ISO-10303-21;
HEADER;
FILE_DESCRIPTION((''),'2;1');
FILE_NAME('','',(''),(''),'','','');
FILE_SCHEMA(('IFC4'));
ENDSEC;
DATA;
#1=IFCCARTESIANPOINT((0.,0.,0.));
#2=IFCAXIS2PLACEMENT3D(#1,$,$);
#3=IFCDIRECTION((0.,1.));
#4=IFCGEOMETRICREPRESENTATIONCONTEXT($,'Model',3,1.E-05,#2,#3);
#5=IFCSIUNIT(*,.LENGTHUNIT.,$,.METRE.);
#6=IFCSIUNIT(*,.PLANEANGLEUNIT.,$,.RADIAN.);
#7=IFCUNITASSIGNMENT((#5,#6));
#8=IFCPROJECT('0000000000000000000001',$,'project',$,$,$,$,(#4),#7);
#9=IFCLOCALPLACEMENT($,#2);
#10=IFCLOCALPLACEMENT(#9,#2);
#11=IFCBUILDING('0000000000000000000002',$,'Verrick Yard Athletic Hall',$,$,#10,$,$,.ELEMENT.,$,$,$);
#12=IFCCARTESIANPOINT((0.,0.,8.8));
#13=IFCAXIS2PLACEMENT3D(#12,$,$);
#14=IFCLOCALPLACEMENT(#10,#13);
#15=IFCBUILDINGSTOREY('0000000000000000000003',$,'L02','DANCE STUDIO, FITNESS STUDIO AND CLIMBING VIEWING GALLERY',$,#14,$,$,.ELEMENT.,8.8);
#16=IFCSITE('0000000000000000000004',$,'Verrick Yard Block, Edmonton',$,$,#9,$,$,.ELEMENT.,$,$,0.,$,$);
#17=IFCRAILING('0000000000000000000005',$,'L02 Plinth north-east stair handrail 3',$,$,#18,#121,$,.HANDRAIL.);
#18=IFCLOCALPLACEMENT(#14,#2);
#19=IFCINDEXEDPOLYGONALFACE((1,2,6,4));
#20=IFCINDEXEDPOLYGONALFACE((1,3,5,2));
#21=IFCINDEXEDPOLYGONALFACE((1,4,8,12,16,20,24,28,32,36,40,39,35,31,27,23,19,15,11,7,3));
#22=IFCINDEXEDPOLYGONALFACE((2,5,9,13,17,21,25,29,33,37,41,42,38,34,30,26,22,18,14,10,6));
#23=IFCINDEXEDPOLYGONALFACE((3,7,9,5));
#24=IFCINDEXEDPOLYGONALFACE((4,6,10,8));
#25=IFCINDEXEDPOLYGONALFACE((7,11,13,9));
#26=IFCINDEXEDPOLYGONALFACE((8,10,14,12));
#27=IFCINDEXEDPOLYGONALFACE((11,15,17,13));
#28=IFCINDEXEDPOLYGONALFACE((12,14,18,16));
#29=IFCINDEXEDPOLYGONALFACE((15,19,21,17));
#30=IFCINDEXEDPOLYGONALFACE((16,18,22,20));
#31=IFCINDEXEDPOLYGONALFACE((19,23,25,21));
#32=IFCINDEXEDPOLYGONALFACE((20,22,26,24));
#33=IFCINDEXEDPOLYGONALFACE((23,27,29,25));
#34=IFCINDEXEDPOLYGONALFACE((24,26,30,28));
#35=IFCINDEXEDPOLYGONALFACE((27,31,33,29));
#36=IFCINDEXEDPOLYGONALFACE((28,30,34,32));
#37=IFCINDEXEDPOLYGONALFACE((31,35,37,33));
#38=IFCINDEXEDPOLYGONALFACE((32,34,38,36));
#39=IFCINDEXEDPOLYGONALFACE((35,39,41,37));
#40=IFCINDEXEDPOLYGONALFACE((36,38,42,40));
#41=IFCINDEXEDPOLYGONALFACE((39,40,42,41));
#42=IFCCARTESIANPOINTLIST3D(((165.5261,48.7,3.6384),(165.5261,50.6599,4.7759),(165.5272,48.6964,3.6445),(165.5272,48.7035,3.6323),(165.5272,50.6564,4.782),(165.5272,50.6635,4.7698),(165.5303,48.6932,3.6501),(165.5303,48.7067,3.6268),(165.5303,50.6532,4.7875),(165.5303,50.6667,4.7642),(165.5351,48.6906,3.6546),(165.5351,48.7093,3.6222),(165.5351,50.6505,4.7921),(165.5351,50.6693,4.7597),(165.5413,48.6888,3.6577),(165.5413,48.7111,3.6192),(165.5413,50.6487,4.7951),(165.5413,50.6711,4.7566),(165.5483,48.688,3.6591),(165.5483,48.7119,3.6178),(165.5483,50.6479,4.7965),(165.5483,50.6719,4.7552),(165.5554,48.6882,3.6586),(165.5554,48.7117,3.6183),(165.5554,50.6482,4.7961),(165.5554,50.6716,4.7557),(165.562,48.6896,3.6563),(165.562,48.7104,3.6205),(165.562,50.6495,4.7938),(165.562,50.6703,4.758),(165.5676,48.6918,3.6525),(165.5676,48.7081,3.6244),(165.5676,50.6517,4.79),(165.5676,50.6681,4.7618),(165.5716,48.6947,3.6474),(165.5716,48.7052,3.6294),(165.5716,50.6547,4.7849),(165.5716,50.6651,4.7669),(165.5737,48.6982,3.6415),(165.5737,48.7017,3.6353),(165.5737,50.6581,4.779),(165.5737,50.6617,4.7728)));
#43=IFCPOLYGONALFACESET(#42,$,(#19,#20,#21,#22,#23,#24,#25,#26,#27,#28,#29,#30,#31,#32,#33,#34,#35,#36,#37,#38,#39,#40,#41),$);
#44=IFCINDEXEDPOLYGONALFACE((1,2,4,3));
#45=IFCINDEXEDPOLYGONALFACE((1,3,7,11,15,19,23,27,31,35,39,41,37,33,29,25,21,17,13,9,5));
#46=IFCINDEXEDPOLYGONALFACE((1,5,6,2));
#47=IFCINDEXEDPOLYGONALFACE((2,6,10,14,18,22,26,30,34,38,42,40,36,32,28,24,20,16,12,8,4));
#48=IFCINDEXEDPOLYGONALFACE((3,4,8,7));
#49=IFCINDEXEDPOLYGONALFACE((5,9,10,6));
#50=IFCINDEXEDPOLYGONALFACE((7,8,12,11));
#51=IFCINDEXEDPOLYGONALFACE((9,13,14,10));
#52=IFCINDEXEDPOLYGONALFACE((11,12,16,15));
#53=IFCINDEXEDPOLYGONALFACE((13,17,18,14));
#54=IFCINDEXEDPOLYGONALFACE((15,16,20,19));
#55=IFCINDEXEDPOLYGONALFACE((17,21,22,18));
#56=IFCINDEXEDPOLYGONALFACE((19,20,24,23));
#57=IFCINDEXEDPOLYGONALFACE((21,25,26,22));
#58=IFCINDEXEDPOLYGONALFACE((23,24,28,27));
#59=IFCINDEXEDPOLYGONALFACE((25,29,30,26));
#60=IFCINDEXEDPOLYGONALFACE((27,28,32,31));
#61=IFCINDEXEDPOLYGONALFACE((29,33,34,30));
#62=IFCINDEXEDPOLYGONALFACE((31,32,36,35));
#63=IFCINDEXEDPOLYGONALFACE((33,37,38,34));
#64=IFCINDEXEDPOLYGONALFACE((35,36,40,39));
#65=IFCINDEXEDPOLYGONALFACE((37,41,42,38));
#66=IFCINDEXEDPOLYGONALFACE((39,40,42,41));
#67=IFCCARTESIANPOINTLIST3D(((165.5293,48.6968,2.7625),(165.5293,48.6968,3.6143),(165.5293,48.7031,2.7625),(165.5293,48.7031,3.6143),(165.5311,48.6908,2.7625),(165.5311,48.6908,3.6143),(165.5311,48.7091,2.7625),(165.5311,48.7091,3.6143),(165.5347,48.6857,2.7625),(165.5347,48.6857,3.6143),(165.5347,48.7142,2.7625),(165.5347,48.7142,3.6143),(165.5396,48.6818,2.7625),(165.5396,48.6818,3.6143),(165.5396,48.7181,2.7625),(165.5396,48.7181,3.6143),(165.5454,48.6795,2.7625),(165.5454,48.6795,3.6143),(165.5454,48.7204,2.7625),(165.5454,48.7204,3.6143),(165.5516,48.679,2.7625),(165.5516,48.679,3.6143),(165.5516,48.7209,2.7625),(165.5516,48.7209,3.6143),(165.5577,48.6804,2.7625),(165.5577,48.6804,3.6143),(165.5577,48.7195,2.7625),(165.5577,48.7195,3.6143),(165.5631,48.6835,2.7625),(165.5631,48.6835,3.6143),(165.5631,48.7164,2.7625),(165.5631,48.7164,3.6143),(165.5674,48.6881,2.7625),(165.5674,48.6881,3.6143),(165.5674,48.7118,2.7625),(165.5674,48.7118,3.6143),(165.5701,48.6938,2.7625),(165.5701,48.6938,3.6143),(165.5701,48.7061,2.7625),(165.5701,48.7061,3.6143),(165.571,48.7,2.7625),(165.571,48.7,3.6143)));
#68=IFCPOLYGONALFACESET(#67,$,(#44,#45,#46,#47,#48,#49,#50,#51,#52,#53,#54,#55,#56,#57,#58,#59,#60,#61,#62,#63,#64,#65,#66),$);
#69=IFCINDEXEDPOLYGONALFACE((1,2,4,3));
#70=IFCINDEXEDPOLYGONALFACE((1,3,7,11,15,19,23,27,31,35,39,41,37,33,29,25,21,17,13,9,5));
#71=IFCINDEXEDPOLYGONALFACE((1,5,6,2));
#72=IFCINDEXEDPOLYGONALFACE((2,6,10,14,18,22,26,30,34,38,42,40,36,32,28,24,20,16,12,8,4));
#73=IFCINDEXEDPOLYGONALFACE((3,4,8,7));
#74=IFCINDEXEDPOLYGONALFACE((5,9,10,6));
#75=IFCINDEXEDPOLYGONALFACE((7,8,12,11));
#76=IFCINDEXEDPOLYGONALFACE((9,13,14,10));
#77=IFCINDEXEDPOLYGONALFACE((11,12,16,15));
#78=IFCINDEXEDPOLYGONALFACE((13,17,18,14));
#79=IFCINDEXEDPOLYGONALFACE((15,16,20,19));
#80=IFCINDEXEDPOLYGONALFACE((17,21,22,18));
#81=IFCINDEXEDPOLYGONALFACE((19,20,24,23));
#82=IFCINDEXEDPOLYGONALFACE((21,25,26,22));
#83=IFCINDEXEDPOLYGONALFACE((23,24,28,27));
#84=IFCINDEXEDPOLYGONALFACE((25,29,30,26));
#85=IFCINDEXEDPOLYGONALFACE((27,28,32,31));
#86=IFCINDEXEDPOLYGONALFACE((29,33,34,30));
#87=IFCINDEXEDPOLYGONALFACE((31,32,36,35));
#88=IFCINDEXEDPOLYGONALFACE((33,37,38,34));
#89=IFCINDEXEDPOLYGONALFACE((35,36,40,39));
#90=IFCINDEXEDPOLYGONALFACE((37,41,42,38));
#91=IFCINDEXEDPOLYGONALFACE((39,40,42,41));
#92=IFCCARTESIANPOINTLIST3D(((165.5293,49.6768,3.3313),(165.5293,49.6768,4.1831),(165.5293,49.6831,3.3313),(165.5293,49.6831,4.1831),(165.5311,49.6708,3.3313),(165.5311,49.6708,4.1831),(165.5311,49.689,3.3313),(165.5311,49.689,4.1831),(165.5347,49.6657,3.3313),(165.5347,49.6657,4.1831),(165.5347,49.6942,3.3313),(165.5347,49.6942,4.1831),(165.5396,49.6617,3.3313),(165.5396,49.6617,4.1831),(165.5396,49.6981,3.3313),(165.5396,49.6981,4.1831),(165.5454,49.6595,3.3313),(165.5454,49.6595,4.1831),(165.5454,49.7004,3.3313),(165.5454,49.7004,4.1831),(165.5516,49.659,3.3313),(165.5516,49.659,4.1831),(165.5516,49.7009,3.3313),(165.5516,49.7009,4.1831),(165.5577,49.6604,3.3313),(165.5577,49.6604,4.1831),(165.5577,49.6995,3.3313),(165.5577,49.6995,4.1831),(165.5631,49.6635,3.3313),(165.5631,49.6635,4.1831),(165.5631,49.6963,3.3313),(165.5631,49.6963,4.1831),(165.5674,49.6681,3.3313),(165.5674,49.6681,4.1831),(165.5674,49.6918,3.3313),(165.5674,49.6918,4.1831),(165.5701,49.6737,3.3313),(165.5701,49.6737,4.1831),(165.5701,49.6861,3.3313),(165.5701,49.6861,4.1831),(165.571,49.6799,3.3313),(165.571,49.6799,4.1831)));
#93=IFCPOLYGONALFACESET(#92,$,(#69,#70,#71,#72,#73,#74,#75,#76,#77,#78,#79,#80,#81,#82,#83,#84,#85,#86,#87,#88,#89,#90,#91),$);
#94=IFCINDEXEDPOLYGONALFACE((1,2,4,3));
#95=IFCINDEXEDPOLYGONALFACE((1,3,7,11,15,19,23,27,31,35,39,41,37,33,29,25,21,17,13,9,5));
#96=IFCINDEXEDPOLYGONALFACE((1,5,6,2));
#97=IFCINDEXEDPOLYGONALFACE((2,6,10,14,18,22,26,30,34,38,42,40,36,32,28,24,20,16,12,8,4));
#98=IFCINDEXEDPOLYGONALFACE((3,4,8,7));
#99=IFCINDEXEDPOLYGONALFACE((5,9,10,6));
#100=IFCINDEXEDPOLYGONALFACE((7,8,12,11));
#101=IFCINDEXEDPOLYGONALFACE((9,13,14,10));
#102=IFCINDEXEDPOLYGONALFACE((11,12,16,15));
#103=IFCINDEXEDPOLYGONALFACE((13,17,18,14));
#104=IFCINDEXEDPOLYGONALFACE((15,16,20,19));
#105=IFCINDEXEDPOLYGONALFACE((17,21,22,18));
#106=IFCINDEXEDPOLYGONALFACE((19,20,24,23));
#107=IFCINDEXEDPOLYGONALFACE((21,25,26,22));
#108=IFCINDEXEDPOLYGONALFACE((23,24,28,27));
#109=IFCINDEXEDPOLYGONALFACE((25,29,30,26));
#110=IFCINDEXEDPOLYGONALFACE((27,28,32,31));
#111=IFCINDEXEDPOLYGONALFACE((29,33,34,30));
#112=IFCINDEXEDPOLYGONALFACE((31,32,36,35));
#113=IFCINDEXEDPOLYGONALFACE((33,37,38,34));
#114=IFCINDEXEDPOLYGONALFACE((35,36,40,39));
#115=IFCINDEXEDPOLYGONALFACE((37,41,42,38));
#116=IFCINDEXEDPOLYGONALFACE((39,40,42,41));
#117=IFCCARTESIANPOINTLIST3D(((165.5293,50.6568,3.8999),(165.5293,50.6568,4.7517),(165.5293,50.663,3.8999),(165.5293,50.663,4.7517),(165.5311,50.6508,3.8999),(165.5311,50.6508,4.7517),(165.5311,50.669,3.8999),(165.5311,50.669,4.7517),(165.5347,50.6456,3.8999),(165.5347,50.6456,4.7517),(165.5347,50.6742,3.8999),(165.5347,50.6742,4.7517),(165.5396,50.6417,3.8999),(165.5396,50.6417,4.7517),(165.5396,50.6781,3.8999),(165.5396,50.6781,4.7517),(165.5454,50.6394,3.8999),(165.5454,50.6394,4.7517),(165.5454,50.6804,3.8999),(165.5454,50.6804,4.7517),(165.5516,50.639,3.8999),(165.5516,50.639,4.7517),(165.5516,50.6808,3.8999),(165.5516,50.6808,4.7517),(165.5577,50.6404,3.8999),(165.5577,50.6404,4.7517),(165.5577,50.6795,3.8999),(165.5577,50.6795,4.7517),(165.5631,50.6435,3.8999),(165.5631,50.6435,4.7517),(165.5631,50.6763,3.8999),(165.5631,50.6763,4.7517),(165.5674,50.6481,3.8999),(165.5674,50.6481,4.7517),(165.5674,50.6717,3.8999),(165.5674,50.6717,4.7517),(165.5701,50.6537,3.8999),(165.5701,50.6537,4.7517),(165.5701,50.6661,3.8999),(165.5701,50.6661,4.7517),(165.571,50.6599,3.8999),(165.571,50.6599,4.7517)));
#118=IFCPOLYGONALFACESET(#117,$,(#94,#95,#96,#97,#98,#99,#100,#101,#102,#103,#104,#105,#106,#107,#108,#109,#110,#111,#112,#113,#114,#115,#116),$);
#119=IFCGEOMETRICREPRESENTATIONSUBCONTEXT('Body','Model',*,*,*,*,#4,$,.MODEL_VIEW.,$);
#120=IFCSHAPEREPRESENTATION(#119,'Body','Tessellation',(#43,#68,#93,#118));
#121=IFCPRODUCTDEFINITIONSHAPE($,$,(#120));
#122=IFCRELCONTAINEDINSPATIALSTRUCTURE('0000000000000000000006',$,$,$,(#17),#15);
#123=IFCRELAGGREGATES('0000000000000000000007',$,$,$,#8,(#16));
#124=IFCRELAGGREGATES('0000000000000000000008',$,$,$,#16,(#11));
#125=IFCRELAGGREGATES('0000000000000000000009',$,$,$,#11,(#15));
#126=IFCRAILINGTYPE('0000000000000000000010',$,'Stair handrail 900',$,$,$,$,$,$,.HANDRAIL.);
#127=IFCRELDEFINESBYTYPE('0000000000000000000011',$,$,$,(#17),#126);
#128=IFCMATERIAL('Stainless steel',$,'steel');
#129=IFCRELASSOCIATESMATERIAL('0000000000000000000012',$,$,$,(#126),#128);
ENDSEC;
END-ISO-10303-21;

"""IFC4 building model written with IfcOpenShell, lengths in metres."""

from ifc_helpers import new_model, si_unit, direction, frame, origin, origin_2d, place, context, subcontext, project, spatial, circle, extrude, material, type_object, element, save


model = new_model("IFC4")

# Units and contexts
model_context = context("Model", 3, precision=1e-05, world=origin(), true_north=direction((0.0, 1.0)))
body_context = subcontext(model_context, "Body", "Model", "MODEL_VIEW")
ifc_project = project(units=[si_unit("LENGTHUNIT", "METRE"), si_unit("PLANEANGLEUNIT", "RADIAN")], contexts=[model_context])

# Site, building, storey
site_placement = place(None, origin())
site = spatial("IfcSite", under=ifc_project, at=site_placement, Name="Verrick Yard Block, Edmonton", CompositionType="ELEMENT", RefElevation=0.0)
building_placement = place(site_placement, origin())
building = spatial("IfcBuilding", under=site, at=building_placement, Name="Verrick Yard Athletic Hall", CompositionType="ELEMENT")
storey_placement = place(building_placement, frame((0.0, 0.0, 8.8)))
storey = spatial("IfcBuildingStorey", under=building, at=storey_placement, Name="L02", Description="DANCE STUDIO, FITNESS STUDIO AND CLIMBING VIEWING GALLERY", CompositionType="ELEMENT", Elevation=8.8)

# Railing
ifc_material_1 = material(Name="Stainless steel", Category="steel")
railing_type_1 = type_object("IfcRailingType", Name="Stair handrail 900", PredefinedType="HANDRAIL", material=ifc_material_1)
railing_1_placement = place(storey_placement, frame((165.55, 48.7, 2.7625)))
element("IfcRailing", 1, at=railing_1_placement, inside=storey, type_object=railing_type_1, Name="L02 Plinth north-east stair handrail 3", PredefinedType="HANDRAIL", context=body_context, shape_type="SweptSolid", body=[
    extrude(circle(Radius=0.0239, at=origin_2d()), frame((0.0, 0.0, 0.876), z_axis=(0.0, 0.864902, 0.501941), x_axis=(-1.0, 0.0, 0.0)), (0.0, 0.0, 1.0), 2.2661),
    extrude(circle(Radius=0.021, at=origin_2d()), origin(), (0.0, 0.0, 1.0), 0.8518),
    extrude(circle(Radius=0.021, at=origin_2d()), frame((0.0, 0.98, 0.5688)), (0.0, 0.0, 1.0), 0.8518),
    extrude(circle(Radius=0.021, at=origin_2d()), frame((0.0, 1.96, 1.1375)), (0.0, 0.0, 1.0), 0.8518),
])

save(model, "model.ifc")
